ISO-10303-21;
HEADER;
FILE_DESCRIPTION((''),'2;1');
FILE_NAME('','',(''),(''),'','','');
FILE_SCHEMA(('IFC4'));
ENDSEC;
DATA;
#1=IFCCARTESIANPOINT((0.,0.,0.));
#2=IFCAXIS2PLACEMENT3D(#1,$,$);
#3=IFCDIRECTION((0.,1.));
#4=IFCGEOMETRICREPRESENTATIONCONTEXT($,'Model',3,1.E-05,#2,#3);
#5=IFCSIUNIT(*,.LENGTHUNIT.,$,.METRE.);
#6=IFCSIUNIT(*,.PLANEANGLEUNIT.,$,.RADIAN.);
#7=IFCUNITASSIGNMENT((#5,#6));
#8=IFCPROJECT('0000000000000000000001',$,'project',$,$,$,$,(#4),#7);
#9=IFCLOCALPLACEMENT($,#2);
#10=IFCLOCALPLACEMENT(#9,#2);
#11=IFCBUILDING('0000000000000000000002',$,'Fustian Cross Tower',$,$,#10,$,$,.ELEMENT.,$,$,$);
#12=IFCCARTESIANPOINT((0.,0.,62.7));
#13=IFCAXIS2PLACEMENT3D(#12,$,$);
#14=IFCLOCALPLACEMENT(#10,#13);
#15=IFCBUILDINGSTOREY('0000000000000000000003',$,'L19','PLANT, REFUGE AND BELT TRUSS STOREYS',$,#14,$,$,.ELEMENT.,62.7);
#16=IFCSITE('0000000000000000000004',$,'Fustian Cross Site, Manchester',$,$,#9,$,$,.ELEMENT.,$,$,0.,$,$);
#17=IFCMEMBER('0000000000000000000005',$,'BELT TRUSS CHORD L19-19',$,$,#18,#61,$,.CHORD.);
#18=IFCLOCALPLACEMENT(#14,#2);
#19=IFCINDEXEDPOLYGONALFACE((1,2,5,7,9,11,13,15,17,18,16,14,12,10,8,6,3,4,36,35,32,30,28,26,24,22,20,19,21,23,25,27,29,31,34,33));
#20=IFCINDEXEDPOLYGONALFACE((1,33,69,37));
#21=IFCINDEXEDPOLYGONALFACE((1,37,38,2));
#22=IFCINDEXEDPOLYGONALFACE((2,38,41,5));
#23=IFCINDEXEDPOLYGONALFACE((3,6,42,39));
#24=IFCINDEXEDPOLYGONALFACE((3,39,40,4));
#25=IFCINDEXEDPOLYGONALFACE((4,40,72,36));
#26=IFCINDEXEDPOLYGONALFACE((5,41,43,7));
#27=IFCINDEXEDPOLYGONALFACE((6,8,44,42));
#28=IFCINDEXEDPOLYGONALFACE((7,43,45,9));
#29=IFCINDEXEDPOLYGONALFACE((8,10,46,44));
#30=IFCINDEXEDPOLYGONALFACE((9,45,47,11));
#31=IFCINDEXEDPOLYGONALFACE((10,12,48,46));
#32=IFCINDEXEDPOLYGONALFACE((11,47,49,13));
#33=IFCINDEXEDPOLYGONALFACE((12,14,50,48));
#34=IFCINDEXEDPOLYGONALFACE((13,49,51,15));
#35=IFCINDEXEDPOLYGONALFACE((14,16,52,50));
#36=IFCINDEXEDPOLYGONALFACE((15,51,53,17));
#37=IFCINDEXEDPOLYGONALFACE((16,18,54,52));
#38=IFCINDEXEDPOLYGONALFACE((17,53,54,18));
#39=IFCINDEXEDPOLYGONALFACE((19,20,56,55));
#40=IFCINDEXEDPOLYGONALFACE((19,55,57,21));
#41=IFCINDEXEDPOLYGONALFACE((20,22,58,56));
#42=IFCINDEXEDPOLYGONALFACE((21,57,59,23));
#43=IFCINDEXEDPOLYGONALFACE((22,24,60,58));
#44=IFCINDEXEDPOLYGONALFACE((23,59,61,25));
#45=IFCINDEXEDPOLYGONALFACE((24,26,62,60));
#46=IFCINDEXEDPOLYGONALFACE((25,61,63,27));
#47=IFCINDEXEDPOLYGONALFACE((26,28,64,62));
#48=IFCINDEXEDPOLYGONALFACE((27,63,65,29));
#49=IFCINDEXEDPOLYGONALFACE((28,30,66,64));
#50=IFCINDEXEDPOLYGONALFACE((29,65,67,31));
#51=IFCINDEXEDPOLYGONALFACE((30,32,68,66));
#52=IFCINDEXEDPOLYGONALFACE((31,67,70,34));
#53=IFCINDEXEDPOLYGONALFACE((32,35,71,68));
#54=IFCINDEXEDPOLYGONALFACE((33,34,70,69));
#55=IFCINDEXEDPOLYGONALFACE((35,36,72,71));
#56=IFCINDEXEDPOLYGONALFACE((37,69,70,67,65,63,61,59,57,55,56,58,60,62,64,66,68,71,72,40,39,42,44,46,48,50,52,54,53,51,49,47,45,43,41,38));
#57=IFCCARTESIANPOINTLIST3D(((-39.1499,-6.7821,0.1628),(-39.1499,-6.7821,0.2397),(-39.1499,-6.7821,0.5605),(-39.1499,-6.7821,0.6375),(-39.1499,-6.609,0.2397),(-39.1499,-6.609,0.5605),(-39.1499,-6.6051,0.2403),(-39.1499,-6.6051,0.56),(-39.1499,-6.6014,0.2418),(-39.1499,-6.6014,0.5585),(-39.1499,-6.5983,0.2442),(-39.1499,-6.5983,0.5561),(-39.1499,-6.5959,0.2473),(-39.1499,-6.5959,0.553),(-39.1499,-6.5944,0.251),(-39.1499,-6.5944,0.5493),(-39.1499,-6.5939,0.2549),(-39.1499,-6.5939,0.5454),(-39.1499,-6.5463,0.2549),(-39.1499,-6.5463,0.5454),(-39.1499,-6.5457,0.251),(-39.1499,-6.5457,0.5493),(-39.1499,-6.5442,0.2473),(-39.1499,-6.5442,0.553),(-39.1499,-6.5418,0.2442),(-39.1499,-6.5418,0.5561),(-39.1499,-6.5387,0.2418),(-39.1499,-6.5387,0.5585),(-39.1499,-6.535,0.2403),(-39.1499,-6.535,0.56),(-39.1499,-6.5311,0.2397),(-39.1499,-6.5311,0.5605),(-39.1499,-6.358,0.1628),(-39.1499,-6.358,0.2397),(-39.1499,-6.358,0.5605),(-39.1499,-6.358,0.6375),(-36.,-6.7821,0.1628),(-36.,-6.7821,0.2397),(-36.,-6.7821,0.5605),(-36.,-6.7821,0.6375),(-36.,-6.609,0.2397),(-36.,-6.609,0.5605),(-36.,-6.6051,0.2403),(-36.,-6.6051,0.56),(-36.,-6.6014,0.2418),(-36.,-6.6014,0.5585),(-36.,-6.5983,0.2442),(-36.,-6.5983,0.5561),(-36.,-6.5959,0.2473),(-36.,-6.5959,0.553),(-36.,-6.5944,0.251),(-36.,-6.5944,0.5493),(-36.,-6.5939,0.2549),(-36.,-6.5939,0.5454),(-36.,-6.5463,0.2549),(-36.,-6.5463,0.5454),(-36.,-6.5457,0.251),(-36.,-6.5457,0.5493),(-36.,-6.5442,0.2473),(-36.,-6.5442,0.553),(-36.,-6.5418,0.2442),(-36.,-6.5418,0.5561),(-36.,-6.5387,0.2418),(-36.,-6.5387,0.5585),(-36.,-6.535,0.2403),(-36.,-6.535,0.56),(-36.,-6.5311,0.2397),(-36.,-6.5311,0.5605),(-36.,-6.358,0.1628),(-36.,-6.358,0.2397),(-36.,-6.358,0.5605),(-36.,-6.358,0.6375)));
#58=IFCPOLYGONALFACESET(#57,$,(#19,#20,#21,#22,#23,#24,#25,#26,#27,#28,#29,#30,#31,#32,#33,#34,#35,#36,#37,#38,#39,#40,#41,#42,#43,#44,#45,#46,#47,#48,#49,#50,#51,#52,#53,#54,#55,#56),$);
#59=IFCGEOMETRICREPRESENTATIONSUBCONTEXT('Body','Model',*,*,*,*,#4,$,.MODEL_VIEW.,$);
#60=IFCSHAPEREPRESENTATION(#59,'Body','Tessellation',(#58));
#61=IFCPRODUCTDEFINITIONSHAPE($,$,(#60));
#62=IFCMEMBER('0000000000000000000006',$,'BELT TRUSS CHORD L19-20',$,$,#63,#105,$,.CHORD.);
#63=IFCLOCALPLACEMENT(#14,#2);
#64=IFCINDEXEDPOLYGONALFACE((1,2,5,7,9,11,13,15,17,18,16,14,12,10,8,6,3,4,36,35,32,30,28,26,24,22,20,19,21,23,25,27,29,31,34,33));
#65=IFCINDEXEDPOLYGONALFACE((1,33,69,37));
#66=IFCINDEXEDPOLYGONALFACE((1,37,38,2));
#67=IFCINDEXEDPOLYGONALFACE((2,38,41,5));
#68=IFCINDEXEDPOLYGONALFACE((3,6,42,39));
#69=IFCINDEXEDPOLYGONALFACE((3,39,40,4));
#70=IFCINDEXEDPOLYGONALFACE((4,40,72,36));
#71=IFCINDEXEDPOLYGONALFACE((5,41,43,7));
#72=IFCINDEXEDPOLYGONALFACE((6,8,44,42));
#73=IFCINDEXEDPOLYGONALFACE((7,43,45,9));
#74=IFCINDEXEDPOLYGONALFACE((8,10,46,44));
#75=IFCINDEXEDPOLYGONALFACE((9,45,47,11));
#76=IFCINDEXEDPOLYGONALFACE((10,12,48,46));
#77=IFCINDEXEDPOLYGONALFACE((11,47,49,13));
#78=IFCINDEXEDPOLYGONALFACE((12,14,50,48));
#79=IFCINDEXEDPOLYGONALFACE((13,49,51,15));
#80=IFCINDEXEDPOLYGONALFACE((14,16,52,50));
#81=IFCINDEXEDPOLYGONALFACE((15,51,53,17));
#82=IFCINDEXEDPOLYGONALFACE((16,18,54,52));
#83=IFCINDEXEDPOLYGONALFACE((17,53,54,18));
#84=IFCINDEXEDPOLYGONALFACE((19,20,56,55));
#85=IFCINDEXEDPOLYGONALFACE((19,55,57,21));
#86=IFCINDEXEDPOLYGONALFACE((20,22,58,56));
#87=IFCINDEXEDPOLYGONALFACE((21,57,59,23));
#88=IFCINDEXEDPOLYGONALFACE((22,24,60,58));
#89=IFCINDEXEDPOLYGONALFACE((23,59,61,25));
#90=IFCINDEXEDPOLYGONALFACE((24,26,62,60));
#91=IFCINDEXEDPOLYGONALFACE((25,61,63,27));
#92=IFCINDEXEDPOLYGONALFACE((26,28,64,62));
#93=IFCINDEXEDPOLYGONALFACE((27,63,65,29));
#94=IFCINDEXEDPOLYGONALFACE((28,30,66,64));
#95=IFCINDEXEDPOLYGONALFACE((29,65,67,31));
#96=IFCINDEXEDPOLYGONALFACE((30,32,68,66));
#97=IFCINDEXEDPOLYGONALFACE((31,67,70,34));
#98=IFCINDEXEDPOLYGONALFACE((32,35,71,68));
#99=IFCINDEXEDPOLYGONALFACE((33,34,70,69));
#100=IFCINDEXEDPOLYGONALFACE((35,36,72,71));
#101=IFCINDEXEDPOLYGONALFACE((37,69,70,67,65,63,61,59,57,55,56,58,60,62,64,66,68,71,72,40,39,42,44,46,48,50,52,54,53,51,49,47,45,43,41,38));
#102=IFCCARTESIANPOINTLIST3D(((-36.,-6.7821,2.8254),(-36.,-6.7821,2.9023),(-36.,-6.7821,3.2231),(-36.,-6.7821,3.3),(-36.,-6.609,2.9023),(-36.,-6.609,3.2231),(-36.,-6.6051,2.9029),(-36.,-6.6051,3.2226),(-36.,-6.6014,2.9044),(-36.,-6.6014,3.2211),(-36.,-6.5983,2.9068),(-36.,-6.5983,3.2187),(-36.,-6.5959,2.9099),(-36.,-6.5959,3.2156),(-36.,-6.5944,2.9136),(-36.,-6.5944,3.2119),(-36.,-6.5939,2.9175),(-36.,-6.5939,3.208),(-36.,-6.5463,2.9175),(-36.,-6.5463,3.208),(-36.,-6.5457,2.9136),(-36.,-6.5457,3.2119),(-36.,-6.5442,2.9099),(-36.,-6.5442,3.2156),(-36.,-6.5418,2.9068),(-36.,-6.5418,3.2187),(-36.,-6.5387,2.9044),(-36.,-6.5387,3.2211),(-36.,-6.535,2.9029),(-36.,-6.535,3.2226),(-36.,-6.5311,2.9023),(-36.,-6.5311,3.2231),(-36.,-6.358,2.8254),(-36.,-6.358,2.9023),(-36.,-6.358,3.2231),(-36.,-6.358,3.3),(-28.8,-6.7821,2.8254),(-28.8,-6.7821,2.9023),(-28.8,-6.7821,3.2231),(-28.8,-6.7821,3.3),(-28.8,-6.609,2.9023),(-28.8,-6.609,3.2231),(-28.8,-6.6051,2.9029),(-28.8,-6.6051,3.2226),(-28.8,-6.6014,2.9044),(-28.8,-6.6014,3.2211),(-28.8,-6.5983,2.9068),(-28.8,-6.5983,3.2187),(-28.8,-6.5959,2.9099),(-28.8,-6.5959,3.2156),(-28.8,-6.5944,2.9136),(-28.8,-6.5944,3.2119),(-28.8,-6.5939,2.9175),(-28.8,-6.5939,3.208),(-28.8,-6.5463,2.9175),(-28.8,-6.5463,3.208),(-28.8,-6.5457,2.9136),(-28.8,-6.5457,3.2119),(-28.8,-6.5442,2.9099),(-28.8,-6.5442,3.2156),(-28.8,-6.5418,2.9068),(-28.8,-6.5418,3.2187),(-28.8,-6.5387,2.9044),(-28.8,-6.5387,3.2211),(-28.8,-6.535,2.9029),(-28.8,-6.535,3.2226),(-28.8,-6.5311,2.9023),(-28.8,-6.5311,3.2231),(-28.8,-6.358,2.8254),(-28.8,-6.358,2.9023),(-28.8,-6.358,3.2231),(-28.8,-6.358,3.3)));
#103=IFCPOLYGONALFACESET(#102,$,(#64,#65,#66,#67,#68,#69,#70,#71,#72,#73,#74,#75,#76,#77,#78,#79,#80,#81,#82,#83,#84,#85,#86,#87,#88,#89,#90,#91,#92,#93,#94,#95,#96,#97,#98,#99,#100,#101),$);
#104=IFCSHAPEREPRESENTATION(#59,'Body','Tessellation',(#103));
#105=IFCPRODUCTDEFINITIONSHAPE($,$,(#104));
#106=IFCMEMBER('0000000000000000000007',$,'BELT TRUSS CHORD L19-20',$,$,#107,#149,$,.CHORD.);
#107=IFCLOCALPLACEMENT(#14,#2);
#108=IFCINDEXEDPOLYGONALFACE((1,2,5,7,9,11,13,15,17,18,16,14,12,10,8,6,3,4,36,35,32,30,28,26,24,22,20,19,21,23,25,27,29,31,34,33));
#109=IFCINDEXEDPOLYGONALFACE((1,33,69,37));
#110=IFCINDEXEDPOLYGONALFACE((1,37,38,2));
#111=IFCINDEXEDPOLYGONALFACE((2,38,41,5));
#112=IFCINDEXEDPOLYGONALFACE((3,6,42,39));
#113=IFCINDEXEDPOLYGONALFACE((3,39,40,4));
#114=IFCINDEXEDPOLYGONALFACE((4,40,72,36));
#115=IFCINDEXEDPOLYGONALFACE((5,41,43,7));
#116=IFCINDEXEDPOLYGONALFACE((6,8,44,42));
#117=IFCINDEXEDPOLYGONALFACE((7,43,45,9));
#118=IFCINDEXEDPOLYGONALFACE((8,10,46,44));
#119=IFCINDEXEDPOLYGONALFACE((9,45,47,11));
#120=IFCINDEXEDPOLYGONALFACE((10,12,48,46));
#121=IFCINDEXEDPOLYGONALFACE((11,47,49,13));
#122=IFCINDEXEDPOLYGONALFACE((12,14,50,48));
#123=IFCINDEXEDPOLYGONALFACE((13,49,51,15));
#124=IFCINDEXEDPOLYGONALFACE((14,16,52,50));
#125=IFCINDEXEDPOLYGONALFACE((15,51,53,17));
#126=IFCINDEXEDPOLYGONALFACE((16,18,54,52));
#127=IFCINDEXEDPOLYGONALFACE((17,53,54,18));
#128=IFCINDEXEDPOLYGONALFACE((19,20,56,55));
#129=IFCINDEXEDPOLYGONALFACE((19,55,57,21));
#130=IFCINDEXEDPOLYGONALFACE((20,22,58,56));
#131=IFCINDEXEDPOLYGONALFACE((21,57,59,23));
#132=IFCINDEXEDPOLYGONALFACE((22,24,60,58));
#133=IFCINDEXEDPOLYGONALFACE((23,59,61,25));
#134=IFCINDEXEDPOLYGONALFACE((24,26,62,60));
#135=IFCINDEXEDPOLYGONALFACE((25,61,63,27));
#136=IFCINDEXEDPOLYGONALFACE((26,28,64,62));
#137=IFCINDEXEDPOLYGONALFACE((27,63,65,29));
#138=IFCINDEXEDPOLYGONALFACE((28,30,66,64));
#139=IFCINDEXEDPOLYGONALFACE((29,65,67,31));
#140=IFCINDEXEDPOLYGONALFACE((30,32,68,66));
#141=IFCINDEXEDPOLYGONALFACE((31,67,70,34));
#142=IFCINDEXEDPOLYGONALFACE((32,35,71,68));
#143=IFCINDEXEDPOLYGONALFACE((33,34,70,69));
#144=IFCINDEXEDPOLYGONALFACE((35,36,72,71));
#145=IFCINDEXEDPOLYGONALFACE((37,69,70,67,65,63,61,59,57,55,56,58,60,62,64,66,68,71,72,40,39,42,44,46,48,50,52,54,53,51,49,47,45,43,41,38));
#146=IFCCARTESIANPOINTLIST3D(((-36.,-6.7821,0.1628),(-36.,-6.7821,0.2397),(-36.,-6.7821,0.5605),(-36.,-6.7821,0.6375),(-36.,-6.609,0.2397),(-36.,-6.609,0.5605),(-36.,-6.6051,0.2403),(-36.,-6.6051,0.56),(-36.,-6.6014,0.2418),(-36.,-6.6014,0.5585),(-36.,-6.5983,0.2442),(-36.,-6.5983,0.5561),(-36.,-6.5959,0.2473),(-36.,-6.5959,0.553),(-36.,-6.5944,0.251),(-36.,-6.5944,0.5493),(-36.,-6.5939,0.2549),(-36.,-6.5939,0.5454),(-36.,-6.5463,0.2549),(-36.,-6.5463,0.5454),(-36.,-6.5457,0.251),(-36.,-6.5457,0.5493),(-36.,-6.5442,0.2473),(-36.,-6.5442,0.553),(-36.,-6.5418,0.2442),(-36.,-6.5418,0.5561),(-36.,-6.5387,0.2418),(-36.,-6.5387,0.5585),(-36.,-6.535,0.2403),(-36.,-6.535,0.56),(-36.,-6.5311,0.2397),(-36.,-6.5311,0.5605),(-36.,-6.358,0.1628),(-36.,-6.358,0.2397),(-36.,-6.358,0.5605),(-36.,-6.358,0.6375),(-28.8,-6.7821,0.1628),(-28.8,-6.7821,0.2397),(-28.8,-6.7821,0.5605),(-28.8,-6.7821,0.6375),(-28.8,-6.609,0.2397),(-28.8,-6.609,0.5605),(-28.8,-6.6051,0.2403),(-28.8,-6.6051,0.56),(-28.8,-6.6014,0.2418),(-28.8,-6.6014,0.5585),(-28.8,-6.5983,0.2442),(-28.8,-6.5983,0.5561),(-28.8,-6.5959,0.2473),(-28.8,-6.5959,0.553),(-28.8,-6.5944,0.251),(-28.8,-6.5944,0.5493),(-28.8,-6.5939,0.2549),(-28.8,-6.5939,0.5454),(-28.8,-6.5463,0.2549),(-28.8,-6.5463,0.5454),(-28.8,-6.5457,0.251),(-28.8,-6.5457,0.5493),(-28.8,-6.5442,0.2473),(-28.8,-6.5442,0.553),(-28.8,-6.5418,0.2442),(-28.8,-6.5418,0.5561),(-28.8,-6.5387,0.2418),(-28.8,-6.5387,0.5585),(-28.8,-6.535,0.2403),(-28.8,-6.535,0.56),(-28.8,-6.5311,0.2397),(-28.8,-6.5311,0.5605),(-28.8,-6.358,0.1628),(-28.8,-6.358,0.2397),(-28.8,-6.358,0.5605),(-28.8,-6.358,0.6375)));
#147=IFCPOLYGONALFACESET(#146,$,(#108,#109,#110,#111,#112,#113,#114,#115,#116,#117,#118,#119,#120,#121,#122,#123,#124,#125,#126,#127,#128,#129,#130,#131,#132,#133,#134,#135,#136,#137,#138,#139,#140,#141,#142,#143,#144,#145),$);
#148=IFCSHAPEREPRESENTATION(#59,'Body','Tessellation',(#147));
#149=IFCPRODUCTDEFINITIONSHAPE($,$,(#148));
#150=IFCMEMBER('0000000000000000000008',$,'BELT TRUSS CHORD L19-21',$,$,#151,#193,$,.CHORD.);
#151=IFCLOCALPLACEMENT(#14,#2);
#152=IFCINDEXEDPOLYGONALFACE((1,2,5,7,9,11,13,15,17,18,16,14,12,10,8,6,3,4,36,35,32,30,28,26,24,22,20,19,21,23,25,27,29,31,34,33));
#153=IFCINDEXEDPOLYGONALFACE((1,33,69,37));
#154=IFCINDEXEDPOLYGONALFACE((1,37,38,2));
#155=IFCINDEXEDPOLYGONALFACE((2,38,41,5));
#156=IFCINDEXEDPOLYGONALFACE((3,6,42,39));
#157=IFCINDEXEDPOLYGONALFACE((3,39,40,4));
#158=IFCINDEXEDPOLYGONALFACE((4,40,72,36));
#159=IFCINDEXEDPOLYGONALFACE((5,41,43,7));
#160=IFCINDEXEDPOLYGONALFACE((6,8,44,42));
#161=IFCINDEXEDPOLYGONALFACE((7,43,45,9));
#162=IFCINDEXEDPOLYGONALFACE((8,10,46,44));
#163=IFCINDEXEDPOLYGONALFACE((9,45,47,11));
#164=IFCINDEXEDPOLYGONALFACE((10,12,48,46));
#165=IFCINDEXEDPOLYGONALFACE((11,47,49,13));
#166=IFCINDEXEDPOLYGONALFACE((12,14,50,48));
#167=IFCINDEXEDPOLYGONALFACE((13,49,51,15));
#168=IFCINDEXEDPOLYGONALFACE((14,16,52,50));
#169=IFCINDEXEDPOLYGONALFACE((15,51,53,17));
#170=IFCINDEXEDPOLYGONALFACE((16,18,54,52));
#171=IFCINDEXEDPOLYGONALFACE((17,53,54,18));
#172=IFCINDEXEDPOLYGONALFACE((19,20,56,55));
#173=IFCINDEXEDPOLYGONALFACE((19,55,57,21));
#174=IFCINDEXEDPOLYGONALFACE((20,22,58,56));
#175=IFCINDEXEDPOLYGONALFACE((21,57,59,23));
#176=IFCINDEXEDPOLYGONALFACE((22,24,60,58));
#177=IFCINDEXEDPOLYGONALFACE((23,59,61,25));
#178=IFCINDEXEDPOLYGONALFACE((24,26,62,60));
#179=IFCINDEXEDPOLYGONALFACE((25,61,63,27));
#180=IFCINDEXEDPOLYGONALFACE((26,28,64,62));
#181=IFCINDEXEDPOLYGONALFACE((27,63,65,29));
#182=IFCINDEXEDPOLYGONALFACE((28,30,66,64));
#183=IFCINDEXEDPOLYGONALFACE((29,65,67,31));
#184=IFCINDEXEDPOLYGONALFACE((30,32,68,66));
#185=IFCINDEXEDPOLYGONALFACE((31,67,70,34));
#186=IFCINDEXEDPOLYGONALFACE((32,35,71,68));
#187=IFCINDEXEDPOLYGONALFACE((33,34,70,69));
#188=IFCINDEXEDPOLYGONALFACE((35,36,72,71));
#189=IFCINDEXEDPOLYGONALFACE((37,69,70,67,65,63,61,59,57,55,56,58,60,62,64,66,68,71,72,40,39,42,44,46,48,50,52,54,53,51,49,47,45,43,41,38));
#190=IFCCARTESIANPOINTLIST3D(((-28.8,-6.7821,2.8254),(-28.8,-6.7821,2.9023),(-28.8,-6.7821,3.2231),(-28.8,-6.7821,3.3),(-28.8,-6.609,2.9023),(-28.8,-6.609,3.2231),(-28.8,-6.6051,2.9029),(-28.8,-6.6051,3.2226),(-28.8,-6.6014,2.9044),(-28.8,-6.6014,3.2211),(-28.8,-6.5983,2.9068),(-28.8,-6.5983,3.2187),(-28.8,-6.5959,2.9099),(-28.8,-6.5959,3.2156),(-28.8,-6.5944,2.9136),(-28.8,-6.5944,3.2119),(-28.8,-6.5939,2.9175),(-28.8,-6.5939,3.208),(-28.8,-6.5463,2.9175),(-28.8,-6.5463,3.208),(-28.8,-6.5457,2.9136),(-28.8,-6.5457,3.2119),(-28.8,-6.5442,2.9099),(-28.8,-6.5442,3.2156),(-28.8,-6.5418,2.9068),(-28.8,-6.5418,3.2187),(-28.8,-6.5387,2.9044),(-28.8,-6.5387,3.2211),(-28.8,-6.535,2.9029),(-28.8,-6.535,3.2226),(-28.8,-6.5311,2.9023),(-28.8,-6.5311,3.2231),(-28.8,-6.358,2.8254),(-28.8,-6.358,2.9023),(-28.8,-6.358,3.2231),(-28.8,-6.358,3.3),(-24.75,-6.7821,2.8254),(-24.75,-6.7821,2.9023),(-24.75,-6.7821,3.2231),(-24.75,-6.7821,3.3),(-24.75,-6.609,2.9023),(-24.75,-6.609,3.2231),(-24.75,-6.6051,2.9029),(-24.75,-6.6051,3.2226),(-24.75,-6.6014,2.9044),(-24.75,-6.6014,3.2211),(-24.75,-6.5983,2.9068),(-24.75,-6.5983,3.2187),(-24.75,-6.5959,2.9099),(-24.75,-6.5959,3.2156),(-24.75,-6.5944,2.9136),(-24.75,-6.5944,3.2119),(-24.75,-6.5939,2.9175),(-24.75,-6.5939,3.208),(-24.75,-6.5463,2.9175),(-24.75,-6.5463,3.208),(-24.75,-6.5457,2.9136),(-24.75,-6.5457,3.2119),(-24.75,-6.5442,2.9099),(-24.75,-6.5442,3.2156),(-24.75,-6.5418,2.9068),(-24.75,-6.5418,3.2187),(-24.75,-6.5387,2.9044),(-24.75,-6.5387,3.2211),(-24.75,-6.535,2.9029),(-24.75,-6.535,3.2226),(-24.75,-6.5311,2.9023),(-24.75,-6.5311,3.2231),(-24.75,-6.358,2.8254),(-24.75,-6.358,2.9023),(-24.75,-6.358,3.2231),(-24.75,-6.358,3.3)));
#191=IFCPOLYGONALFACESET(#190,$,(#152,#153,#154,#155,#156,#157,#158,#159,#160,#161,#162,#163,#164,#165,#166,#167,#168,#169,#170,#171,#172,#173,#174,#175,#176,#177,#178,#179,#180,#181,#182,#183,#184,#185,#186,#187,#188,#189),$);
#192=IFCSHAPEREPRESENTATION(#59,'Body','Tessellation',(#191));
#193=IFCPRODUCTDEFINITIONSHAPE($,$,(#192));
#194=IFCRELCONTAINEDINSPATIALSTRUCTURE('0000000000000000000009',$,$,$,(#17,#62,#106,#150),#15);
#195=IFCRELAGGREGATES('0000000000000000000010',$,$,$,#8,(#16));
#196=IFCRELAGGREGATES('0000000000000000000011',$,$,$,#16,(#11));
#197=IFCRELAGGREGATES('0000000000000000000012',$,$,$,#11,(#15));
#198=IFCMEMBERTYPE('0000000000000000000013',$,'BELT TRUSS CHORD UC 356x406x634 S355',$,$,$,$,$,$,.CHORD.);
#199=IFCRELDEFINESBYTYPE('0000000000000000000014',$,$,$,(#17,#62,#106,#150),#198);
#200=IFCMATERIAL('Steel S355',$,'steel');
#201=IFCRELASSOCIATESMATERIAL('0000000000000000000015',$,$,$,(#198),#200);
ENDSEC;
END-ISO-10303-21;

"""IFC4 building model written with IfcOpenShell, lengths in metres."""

from ifc_helpers import new_model, si_unit, direction, frame, origin, origin_2d, place, context, subcontext, project, spatial, i_section, extrude, material, material_profile, profile_set, type_object, element, save


model = new_model("IFC4")

# Units and contexts
model_context = context("Model", 3, precision=1e-05, world=origin(), true_north=direction((0.0, 1.0)))
body_context = subcontext(model_context, "Body", "Model", "MODEL_VIEW")
ifc_project = project(units=[si_unit("LENGTHUNIT", "METRE"), si_unit("PLANEANGLEUNIT", "RADIAN")], contexts=[model_context])

# Site, building, storey
site_placement = place(None, origin())
site = spatial("IfcSite", under=ifc_project, at=site_placement, Name="Fustian Cross Site, Manchester", CompositionType="ELEMENT", RefElevation=0.0)
building_placement = place(site_placement, origin())
building = spatial("IfcBuilding", under=site, at=building_placement, Name="Fustian Cross Tower", CompositionType="ELEMENT")
storey_placement = place(building_placement, frame((0.0, 0.0, 62.7)))
storey = spatial("IfcBuildingStorey", under=building, at=storey_placement, Name="L19", Description="PLANT, REFUGE AND BELT TRUSS STOREYS", CompositionType="ELEMENT", Elevation=62.7)

# Members
ifc_material_1 = material(Name="Steel S355", Category="steel")
ifc_material_profile_1 = material_profile(ifc_material_1, i_section(OverallWidth=0.4241, OverallDepth=0.4746, WebThickness=0.0476, FlangeThickness=0.0769, FilletRadius=0.0151, at=origin_2d()), Name="UC 356x406x634")
ifc_profile_set_1 = profile_set([ifc_material_profile_1], Name="Steel S355")
member_type_1 = type_object("IfcMemberType", Name="BELT TRUSS CHORD UC 356x406x634 S355", PredefinedType="CHORD", material=ifc_profile_set_1)
for number, where, z_axis, x_axis, name in (
    (1, (-39.1499, -6.5701, 0.4001), (1.0, 0.0, 0.0), (0.0, 1.0, 0.0), "BELT TRUSS CHORD L19-19"),
):
    element("IfcMember", number, at=place(storey_placement, frame(where, z_axis=z_axis, x_axis=x_axis)), inside=storey, type_object=member_type_1, Name=name, PredefinedType="CHORD", context=body_context, shape_type="SweptSolid", body=[
        extrude(i_section(OverallWidth=0.4241, OverallDepth=0.4746, WebThickness=0.0476, FlangeThickness=0.0769, FilletRadius=0.0151, at=origin_2d()), origin(), (0.0, 0.0, 1.0), 3.1499),
    ])
for number, where, z_axis, x_axis, name in (
    (2, (-36.0, -6.5701, 3.0627), (1.0, 0.0, 0.0), (0.0, 1.0, 0.0), "BELT TRUSS CHORD L19-20"),
    (3, (-36.0, -6.5701, 0.4001), (1.0, 0.0, 0.0), (0.0, 1.0, 0.0), "BELT TRUSS CHORD L19-20"),
):
    element("IfcMember", number, at=place(storey_placement, frame(where, z_axis=z_axis, x_axis=x_axis)), inside=storey, type_object=member_type_1, Name=name, PredefinedType="CHORD", context=body_context, shape_type="SweptSolid", body=[
        extrude(i_section(OverallWidth=0.4241, OverallDepth=0.4746, WebThickness=0.0476, FlangeThickness=0.0769, FilletRadius=0.0151, at=origin_2d()), origin(), (0.0, 0.0, 1.0), 7.2),
    ])
for number, where, z_axis, x_axis, name in (
    (4, (-28.8, -6.5701, 3.0627), (1.0, 0.0, 0.0), (0.0, 1.0, 0.0), "BELT TRUSS CHORD L19-21"),
):
    element("IfcMember", number, at=place(storey_placement, frame(where, z_axis=z_axis, x_axis=x_axis)), inside=storey, type_object=member_type_1, Name=name, PredefinedType="CHORD", context=body_context, shape_type="SweptSolid", body=[
        extrude(i_section(OverallWidth=0.4241, OverallDepth=0.4746, WebThickness=0.0476, FlangeThickness=0.0769, FilletRadius=0.0151, at=origin_2d()), origin(), (0.0, 0.0, 1.0), 4.05),
    ])

save(model, "model.ifc")
